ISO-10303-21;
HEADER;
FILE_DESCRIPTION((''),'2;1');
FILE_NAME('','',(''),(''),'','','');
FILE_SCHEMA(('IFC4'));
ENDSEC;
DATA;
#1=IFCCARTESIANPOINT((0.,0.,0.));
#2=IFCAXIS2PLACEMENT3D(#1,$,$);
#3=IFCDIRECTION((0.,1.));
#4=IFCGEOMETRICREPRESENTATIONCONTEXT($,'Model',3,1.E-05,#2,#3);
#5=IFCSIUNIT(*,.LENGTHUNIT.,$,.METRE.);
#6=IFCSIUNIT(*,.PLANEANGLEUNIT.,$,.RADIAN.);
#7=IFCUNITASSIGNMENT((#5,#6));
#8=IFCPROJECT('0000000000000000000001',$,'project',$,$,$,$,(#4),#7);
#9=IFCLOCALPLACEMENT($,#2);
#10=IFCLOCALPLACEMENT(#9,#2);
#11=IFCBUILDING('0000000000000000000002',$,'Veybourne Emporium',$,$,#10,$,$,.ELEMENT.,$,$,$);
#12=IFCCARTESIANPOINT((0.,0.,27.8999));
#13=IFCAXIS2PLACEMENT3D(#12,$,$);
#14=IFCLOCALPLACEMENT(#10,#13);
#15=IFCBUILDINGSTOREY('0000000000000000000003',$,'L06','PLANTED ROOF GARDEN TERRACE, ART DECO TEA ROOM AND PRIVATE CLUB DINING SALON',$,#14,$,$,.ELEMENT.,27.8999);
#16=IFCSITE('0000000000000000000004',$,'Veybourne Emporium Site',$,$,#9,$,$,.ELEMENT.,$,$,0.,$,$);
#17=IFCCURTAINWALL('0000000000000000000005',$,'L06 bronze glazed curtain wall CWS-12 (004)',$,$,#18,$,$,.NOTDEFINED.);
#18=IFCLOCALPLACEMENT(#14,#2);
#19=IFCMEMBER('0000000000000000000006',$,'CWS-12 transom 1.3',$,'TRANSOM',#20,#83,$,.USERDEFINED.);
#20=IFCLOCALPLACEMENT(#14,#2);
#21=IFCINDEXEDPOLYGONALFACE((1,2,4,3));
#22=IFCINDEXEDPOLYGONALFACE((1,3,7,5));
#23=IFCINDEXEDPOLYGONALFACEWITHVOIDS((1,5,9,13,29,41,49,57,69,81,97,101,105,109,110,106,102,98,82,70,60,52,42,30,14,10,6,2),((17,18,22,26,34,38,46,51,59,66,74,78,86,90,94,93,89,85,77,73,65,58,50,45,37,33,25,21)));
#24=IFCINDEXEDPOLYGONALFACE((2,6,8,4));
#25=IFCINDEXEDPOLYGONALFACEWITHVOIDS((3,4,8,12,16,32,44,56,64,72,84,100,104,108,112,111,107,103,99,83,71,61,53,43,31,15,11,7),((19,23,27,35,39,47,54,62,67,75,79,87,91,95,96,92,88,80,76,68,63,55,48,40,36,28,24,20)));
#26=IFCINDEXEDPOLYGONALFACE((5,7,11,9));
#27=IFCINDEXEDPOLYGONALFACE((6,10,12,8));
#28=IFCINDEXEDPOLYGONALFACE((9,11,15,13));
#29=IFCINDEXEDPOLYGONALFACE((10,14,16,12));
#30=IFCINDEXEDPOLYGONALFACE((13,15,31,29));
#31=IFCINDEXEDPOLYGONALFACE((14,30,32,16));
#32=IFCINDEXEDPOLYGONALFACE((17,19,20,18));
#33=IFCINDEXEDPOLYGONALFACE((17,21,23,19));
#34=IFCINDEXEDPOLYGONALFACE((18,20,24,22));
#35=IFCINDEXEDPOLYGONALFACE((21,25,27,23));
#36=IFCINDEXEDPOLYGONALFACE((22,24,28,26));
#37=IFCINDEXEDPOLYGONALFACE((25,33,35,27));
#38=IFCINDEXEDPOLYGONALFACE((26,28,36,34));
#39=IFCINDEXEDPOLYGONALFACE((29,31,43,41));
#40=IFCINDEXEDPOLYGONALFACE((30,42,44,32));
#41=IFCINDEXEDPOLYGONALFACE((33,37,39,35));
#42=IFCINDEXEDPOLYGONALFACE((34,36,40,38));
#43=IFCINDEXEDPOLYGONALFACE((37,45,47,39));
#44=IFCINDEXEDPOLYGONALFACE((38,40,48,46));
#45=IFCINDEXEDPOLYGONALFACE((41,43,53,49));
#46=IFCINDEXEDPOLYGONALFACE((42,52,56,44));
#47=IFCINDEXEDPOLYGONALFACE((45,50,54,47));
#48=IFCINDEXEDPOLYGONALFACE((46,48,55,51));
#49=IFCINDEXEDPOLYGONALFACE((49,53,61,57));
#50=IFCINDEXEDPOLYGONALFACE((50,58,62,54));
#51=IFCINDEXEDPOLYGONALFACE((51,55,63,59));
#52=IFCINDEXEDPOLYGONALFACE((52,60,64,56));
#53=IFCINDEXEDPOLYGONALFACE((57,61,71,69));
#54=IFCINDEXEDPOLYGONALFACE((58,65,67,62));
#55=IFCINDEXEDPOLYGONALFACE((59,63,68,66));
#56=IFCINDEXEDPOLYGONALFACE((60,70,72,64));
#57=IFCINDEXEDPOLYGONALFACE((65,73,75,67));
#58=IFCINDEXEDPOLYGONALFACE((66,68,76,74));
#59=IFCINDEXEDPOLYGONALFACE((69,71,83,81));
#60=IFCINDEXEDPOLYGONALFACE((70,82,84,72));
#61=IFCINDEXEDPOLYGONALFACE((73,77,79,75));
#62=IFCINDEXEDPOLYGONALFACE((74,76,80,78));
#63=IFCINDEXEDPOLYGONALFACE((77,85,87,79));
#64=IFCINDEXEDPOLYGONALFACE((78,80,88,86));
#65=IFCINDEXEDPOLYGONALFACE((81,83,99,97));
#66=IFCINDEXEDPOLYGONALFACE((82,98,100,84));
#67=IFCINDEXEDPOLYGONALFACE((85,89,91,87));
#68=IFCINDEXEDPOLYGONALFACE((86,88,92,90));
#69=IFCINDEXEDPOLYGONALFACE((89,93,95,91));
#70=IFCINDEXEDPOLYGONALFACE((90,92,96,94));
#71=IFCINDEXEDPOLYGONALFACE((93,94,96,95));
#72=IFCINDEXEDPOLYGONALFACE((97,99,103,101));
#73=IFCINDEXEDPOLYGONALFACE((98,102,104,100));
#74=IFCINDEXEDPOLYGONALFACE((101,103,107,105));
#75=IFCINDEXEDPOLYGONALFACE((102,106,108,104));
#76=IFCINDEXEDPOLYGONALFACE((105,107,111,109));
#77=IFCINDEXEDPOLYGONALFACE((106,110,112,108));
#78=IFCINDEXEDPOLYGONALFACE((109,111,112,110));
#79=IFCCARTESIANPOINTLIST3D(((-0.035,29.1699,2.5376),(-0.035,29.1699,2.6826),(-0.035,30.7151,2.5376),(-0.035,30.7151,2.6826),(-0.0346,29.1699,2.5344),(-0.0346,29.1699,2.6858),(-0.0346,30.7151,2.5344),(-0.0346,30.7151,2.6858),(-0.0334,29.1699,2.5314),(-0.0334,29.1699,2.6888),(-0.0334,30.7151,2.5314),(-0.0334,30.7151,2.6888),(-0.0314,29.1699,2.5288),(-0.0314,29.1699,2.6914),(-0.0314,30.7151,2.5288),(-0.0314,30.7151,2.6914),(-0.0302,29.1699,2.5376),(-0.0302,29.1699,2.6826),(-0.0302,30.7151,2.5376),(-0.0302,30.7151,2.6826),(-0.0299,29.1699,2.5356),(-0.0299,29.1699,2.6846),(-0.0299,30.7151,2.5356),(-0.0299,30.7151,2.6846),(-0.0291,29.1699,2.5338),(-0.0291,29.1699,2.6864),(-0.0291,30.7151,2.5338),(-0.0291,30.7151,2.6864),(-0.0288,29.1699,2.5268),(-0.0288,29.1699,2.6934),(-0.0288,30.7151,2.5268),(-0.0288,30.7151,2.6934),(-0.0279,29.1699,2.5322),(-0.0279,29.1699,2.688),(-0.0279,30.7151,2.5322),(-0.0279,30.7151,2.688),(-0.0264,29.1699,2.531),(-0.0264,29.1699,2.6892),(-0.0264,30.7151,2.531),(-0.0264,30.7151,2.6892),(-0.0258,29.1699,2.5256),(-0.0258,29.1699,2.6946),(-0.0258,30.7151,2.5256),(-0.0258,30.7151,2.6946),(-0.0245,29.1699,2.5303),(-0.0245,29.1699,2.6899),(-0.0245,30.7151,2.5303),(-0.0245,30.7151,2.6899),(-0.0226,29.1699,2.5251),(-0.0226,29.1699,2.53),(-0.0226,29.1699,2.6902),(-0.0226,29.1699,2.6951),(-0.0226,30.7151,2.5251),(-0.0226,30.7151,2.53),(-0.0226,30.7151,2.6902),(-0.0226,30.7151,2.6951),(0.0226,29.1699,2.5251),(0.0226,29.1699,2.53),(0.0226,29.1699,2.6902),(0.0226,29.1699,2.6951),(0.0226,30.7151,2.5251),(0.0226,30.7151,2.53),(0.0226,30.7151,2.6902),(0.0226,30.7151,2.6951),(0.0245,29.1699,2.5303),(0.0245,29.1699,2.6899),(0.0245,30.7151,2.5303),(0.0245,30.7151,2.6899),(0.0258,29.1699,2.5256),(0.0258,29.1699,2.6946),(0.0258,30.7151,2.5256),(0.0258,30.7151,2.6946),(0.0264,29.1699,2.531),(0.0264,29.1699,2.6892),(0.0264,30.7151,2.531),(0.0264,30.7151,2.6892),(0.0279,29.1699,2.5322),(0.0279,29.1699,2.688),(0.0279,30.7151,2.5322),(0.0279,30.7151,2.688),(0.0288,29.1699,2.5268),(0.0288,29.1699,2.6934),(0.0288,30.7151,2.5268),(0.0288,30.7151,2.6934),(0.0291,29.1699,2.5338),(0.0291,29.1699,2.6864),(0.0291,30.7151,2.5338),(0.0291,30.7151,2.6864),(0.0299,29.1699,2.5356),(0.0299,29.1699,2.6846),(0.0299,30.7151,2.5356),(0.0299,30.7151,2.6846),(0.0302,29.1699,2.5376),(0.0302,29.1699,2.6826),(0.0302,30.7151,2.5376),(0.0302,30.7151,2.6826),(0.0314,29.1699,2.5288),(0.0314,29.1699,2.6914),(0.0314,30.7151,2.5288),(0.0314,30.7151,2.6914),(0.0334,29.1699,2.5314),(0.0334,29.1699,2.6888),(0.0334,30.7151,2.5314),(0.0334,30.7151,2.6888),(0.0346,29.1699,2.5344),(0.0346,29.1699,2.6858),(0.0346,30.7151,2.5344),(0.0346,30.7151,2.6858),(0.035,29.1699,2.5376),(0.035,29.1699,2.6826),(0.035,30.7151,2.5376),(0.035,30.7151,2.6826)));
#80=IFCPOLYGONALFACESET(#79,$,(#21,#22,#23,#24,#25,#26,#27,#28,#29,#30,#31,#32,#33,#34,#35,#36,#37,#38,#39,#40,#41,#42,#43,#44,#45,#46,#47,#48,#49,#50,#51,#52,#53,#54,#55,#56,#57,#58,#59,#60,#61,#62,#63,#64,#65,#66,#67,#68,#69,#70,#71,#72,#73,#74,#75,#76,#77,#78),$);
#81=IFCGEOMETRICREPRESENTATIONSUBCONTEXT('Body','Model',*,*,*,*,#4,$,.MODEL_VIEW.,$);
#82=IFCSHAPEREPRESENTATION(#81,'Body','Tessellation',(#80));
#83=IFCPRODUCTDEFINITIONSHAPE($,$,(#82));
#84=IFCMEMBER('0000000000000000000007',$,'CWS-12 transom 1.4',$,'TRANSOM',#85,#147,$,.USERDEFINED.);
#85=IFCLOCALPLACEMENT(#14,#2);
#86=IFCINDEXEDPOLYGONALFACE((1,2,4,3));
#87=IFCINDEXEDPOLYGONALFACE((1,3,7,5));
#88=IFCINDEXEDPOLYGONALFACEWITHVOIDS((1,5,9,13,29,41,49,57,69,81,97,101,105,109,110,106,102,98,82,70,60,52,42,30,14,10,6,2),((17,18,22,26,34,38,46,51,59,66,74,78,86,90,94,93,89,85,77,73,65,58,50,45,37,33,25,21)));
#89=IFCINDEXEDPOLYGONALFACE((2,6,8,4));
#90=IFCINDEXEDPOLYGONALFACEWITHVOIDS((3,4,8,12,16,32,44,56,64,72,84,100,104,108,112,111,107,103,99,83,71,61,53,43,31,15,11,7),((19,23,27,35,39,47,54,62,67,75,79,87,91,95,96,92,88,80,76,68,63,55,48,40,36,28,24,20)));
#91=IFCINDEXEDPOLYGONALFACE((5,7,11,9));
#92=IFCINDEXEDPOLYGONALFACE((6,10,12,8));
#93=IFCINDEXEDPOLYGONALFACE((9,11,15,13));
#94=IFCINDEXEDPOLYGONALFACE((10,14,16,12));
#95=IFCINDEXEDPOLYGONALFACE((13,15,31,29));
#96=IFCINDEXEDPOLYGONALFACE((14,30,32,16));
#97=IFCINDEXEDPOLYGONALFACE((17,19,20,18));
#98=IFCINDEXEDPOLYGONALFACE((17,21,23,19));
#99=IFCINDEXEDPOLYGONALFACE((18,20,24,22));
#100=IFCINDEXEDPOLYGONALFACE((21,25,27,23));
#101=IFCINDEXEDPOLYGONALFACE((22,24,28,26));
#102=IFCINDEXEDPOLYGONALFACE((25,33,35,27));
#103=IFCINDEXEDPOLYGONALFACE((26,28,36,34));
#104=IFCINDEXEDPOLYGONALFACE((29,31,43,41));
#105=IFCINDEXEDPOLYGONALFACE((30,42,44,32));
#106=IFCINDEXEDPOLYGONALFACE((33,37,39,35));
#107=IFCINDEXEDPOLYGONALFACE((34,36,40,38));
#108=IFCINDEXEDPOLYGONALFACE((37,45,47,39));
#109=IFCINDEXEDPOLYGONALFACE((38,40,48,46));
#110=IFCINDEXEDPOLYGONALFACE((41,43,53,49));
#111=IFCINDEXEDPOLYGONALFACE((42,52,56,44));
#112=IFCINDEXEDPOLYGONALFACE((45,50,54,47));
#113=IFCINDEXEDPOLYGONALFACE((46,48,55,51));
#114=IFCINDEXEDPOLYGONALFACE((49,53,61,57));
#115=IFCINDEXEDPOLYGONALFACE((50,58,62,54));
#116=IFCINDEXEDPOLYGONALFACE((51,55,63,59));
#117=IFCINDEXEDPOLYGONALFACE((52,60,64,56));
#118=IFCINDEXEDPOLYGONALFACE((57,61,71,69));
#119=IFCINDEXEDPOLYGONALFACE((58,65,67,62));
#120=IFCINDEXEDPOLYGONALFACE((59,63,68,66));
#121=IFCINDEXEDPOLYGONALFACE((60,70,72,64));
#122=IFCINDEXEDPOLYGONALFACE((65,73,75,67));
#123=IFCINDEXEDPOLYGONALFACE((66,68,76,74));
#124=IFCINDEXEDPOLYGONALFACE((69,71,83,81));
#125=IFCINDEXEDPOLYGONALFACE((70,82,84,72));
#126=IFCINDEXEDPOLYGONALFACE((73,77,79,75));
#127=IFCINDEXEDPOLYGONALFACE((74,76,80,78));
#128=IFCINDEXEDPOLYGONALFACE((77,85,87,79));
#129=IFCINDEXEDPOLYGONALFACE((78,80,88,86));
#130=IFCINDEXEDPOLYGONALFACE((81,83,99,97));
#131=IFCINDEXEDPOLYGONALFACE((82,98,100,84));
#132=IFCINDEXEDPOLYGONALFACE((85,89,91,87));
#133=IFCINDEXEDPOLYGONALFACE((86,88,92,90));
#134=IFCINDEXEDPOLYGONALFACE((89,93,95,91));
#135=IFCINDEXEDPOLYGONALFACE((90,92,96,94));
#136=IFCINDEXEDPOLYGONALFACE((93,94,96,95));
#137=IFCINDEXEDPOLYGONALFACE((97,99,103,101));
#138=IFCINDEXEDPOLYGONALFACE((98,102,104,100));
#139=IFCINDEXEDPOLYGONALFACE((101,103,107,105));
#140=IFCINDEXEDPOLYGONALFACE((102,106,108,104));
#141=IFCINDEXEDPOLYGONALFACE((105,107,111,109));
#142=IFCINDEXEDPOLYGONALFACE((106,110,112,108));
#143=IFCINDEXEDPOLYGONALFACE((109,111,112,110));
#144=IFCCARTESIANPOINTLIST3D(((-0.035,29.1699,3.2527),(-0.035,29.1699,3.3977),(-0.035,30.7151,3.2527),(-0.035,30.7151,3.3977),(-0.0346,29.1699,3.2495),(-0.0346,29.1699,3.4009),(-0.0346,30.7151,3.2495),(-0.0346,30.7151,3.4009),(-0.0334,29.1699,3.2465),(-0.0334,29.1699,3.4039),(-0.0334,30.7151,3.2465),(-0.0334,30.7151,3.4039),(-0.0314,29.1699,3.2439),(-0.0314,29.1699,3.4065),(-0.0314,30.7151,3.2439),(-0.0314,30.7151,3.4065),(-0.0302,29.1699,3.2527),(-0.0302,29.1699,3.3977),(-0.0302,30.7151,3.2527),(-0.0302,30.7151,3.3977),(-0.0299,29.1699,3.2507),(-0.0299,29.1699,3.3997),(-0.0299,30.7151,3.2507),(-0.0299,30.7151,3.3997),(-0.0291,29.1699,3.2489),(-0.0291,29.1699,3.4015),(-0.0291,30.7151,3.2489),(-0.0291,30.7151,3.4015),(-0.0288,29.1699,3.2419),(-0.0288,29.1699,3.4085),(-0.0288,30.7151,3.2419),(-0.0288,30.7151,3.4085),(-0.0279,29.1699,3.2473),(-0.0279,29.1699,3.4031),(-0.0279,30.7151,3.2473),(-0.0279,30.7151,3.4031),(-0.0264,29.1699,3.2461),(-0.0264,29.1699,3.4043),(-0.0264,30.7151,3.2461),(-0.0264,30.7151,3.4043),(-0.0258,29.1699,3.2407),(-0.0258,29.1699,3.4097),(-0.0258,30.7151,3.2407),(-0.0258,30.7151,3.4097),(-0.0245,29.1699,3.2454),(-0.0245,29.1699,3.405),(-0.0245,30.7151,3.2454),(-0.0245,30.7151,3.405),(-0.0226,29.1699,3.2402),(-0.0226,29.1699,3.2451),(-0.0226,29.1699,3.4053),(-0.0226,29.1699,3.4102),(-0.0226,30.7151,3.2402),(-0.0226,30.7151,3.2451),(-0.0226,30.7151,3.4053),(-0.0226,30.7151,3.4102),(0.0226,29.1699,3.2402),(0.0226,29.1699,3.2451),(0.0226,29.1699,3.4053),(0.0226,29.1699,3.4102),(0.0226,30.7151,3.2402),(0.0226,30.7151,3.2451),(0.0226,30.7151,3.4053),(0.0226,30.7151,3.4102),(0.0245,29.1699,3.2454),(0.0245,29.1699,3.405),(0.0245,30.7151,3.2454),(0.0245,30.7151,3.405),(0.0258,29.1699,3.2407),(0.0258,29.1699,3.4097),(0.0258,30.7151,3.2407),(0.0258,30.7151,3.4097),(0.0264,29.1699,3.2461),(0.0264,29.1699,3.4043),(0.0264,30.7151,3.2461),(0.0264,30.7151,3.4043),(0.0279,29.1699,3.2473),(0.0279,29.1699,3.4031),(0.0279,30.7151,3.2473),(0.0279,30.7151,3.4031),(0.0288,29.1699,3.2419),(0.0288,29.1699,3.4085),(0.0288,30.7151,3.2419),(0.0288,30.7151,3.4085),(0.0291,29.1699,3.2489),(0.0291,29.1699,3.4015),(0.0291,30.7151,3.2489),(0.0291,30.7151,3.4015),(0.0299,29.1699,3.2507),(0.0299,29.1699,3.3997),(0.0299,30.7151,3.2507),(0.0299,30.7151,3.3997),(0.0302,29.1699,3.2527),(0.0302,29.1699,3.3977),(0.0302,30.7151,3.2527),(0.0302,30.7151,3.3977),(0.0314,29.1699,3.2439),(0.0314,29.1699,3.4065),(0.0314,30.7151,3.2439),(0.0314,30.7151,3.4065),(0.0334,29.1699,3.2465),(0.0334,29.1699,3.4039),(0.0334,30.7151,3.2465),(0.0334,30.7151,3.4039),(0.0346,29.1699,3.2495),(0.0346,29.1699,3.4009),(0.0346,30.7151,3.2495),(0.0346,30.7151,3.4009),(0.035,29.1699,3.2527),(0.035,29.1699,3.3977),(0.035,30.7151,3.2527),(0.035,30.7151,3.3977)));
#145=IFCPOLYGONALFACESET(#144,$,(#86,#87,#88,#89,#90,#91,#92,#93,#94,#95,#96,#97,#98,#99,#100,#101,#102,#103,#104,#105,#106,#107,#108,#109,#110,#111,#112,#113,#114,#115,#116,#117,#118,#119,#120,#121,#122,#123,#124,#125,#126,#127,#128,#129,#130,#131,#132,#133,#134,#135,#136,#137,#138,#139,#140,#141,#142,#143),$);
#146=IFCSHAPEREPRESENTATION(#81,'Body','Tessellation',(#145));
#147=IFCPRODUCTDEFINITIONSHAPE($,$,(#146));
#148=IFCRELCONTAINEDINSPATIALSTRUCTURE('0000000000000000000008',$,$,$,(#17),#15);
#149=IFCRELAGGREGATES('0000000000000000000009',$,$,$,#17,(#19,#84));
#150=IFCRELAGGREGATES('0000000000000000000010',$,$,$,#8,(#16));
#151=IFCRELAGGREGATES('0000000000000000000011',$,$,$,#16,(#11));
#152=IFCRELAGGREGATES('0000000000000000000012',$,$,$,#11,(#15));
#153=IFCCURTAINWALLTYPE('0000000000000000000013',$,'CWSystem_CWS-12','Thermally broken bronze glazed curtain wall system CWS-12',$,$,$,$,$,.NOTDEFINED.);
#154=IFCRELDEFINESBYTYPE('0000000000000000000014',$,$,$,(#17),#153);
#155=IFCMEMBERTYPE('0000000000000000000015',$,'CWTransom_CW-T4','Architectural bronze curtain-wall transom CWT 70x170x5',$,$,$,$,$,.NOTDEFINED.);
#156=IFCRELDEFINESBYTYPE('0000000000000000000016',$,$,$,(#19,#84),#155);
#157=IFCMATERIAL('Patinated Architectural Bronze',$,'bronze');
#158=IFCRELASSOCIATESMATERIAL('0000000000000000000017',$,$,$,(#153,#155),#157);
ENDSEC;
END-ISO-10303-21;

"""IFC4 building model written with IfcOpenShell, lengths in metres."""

from ifc_helpers import new_model, si_unit, direction, frame, origin, origin_2d, place, context, subcontext, project, spatial, hollow_rectangle, extrude, material, material_profile, profile_set, type_object, element, aggregate, save


model = new_model("IFC4")

# Units and contexts
model_context = context("Model", 3, precision=1e-05, world=origin(), true_north=direction((0.0, 1.0)))
body_context = subcontext(model_context, "Body", "Model", "MODEL_VIEW")
ifc_project = project(units=[si_unit("LENGTHUNIT", "METRE"), si_unit("PLANEANGLEUNIT", "RADIAN")], contexts=[model_context])

# Site, building, storey
site_placement = place(None, origin())
site = spatial("IfcSite", under=ifc_project, at=site_placement, Name="Veybourne Emporium Site", CompositionType="ELEMENT", RefElevation=0.0)
building_placement = place(site_placement, origin())
building = spatial("IfcBuilding", under=site, at=building_placement, Name="Veybourne Emporium", CompositionType="ELEMENT")
storey_placement = place(building_placement, frame((0.0, 0.0, 27.8999)))
storey = spatial("IfcBuildingStorey", under=building, at=storey_placement, Name="L06", Description="PLANTED ROOF GARDEN TERRACE, ART DECO TEA ROOM AND PRIVATE CLUB DINING SALON", CompositionType="ELEMENT", Elevation=27.8999)

# Curtain wall, members
ifc_material_1 = material(Name="Patinated Architectural Bronze", Category="bronze")
curtain_wall_type = type_object("IfcCurtainWallType", Name="CWSystem_CWS-12", Description="Thermally broken bronze glazed curtain wall system CWS-12", PredefinedType="NOTDEFINED", material=ifc_material_1)
curtain_wall_placement = place(storey_placement, origin())
curtain_wall = element("IfcCurtainWall", 1, at=curtain_wall_placement, inside=storey, type_object=curtain_wall_type, Name="L06 bronze glazed curtain wall CWS-12 (004)", PredefinedType="NOTDEFINED")
ifc_material_profile_1 = material_profile(ifc_material_1, hollow_rectangle(XDim=0.0701, YDim=0.1699, WallThickness=0.0049, InnerFilletRadius=0.0076, OuterFilletRadius=0.0125, at=origin_2d()), Name="CWT 70x170x5")
ifc_profile_set_1 = profile_set([ifc_material_profile_1], Name="Patinated Architectural Bronze")
member_type_1 = type_object("IfcMemberType", Name="CWTransom_CW-T4", Description="Architectural bronze curtain-wall transom CWT 70x170x5", PredefinedType="NOTDEFINED", material=ifc_profile_set_1)
member_1_placement = place(storey_placement, frame((0.0, 29.1699, 2.6101), z_axis=(0.0, 1.0, 0.0), x_axis=(-1.0, 0.0, 0.0)))
member_1 = element("IfcMember", 2, at=member_1_placement, type_object=member_type_1, Name="CWS-12 transom 1.3", ObjectType="TRANSOM", PredefinedType="USERDEFINED", context=body_context, shape_type="SweptSolid", body=[
    extrude(hollow_rectangle(XDim=0.0701, YDim=0.1699, WallThickness=0.0049, InnerFilletRadius=0.0076, OuterFilletRadius=0.0125, at=origin_2d()), origin(), (0.0, 0.0, 1.0), 1.5452),
])
member_2_placement = place(storey_placement, frame((0.0, 29.1699, 3.3252), z_axis=(0.0, 1.0, 0.0), x_axis=(-1.0, 0.0, 0.0)))
member_2 = element("IfcMember", 3, at=member_2_placement, type_object=member_type_1, Name="CWS-12 transom 1.4", ObjectType="TRANSOM", PredefinedType="USERDEFINED", context=body_context, shape_type="SweptSolid", body=[
    extrude(hollow_rectangle(XDim=0.0701, YDim=0.1699, WallThickness=0.0049, InnerFilletRadius=0.0076, OuterFilletRadius=0.0125, at=origin_2d()), origin(), (0.0, 0.0, 1.0), 1.5452),
])

aggregate(curtain_wall, [member_1, member_2])

save(model, "model.ifc")
